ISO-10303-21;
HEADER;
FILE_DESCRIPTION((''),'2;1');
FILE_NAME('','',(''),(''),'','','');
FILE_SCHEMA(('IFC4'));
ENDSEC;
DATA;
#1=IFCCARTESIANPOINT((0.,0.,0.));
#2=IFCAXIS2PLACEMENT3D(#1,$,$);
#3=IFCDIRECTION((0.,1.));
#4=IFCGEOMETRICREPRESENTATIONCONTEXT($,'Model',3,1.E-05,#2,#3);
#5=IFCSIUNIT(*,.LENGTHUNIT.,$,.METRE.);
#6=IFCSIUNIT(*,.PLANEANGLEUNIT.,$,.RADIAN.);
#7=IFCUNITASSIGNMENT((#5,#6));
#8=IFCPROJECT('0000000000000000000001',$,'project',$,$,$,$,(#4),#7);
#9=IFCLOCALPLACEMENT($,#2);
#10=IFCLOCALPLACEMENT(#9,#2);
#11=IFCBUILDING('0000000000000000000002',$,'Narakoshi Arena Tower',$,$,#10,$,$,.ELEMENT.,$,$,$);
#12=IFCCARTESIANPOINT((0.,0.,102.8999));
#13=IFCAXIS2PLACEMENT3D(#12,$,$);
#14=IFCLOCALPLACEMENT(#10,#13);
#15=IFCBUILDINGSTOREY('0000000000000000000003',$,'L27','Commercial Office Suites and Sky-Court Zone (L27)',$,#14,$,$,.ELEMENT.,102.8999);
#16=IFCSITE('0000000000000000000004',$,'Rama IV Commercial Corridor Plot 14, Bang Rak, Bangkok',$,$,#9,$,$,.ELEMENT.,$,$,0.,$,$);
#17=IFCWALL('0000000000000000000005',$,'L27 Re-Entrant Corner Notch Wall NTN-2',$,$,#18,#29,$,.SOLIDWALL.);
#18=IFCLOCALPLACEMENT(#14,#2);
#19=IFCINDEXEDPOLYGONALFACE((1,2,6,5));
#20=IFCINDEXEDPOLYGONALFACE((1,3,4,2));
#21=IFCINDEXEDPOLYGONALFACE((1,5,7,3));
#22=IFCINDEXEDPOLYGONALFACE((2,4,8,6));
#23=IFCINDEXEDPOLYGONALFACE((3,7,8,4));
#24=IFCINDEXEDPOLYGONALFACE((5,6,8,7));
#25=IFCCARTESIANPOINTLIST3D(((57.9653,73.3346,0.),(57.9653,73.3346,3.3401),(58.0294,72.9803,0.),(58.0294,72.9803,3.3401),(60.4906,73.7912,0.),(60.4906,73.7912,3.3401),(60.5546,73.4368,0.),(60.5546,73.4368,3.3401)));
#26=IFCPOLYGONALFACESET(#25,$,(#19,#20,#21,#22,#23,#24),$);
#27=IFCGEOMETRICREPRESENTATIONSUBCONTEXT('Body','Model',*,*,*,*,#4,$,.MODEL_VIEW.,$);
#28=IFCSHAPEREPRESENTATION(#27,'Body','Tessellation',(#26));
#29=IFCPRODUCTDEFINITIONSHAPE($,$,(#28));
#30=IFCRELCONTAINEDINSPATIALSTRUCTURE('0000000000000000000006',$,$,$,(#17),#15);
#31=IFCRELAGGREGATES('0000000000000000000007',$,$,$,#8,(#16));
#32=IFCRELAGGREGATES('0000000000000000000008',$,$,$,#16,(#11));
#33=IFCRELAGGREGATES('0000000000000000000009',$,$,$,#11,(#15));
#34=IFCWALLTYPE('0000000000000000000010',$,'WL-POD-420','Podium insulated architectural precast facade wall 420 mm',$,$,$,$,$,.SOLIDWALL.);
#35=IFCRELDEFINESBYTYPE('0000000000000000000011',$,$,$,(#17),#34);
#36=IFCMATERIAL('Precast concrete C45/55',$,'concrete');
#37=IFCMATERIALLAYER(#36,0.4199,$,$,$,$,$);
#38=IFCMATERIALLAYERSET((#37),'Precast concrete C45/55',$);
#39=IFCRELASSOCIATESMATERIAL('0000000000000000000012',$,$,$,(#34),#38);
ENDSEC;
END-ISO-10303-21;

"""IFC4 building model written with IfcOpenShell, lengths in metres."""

from ifc_helpers import new_model, si_unit, direction, frame, frame_2d, origin, place, context, subcontext, project, spatial, rectangle, extrude, material, layer, layer_set, type_object, element, save


model = new_model("IFC4")

# Units and contexts
model_context = context("Model", 3, precision=1e-05, world=origin(), true_north=direction((0.0, 1.0)))
body_context = subcontext(model_context, "Body", "Model", "MODEL_VIEW")
ifc_project = project(units=[si_unit("LENGTHUNIT", "METRE"), si_unit("PLANEANGLEUNIT", "RADIAN")], contexts=[model_context])

# Site, building, storey
site_placement = place(None, origin())
site = spatial("IfcSite", under=ifc_project, at=site_placement, Name="Rama IV Commercial Corridor Plot 14, Bang Rak, Bangkok", CompositionType="ELEMENT", RefElevation=0.0)
building_placement = place(site_placement, origin())
building = spatial("IfcBuilding", under=site, at=building_placement, Name="Narakoshi Arena Tower", CompositionType="ELEMENT")
storey_placement = place(building_placement, frame((0.0, 0.0, 102.8999)))
storey = spatial("IfcBuildingStorey", under=building, at=storey_placement, Name="L27", Description="Commercial Office Suites and Sky-Court Zone (L27)", CompositionType="ELEMENT", Elevation=102.8999)

# Shared definitions
ifc_material_1 = material(Name="Precast concrete C45/55", Category="concrete")

# Shared definitions
ifc_layer_1 = layer(ifc_material_1, 0.4199)
ifc_layer_set_1 = layer_set([ifc_layer_1], Name="Precast concrete C45/55")
wall_type_1 = type_object("IfcWallType", Name="WL-POD-420", Description="Podium insulated architectural precast facade wall 420 mm", PredefinedType="SOLIDWALL", material=ifc_layer_set_1)

# Wall
wall_1_placement = place(storey_placement, frame((60.5227, 73.614, 0.0), z_axis=(0.0, 0.0, 1.0), x_axis=(-0.984046, -0.177914, 0.0)))
element("IfcWall", 1, at=wall_1_placement, inside=storey, type_object=wall_type_1, Name="L27 Re-Entrant Corner Notch Wall NTN-2", PredefinedType="SOLIDWALL", context=body_context, shape_type="SweptSolid", body=[
    extrude(rectangle(XDim=2.5662, YDim=0.3601, at=frame_2d((1.2832, 0.0))), origin(), (0.0, 0.0, 1.0), 3.3401),
])

save(model, "model.ifc")
